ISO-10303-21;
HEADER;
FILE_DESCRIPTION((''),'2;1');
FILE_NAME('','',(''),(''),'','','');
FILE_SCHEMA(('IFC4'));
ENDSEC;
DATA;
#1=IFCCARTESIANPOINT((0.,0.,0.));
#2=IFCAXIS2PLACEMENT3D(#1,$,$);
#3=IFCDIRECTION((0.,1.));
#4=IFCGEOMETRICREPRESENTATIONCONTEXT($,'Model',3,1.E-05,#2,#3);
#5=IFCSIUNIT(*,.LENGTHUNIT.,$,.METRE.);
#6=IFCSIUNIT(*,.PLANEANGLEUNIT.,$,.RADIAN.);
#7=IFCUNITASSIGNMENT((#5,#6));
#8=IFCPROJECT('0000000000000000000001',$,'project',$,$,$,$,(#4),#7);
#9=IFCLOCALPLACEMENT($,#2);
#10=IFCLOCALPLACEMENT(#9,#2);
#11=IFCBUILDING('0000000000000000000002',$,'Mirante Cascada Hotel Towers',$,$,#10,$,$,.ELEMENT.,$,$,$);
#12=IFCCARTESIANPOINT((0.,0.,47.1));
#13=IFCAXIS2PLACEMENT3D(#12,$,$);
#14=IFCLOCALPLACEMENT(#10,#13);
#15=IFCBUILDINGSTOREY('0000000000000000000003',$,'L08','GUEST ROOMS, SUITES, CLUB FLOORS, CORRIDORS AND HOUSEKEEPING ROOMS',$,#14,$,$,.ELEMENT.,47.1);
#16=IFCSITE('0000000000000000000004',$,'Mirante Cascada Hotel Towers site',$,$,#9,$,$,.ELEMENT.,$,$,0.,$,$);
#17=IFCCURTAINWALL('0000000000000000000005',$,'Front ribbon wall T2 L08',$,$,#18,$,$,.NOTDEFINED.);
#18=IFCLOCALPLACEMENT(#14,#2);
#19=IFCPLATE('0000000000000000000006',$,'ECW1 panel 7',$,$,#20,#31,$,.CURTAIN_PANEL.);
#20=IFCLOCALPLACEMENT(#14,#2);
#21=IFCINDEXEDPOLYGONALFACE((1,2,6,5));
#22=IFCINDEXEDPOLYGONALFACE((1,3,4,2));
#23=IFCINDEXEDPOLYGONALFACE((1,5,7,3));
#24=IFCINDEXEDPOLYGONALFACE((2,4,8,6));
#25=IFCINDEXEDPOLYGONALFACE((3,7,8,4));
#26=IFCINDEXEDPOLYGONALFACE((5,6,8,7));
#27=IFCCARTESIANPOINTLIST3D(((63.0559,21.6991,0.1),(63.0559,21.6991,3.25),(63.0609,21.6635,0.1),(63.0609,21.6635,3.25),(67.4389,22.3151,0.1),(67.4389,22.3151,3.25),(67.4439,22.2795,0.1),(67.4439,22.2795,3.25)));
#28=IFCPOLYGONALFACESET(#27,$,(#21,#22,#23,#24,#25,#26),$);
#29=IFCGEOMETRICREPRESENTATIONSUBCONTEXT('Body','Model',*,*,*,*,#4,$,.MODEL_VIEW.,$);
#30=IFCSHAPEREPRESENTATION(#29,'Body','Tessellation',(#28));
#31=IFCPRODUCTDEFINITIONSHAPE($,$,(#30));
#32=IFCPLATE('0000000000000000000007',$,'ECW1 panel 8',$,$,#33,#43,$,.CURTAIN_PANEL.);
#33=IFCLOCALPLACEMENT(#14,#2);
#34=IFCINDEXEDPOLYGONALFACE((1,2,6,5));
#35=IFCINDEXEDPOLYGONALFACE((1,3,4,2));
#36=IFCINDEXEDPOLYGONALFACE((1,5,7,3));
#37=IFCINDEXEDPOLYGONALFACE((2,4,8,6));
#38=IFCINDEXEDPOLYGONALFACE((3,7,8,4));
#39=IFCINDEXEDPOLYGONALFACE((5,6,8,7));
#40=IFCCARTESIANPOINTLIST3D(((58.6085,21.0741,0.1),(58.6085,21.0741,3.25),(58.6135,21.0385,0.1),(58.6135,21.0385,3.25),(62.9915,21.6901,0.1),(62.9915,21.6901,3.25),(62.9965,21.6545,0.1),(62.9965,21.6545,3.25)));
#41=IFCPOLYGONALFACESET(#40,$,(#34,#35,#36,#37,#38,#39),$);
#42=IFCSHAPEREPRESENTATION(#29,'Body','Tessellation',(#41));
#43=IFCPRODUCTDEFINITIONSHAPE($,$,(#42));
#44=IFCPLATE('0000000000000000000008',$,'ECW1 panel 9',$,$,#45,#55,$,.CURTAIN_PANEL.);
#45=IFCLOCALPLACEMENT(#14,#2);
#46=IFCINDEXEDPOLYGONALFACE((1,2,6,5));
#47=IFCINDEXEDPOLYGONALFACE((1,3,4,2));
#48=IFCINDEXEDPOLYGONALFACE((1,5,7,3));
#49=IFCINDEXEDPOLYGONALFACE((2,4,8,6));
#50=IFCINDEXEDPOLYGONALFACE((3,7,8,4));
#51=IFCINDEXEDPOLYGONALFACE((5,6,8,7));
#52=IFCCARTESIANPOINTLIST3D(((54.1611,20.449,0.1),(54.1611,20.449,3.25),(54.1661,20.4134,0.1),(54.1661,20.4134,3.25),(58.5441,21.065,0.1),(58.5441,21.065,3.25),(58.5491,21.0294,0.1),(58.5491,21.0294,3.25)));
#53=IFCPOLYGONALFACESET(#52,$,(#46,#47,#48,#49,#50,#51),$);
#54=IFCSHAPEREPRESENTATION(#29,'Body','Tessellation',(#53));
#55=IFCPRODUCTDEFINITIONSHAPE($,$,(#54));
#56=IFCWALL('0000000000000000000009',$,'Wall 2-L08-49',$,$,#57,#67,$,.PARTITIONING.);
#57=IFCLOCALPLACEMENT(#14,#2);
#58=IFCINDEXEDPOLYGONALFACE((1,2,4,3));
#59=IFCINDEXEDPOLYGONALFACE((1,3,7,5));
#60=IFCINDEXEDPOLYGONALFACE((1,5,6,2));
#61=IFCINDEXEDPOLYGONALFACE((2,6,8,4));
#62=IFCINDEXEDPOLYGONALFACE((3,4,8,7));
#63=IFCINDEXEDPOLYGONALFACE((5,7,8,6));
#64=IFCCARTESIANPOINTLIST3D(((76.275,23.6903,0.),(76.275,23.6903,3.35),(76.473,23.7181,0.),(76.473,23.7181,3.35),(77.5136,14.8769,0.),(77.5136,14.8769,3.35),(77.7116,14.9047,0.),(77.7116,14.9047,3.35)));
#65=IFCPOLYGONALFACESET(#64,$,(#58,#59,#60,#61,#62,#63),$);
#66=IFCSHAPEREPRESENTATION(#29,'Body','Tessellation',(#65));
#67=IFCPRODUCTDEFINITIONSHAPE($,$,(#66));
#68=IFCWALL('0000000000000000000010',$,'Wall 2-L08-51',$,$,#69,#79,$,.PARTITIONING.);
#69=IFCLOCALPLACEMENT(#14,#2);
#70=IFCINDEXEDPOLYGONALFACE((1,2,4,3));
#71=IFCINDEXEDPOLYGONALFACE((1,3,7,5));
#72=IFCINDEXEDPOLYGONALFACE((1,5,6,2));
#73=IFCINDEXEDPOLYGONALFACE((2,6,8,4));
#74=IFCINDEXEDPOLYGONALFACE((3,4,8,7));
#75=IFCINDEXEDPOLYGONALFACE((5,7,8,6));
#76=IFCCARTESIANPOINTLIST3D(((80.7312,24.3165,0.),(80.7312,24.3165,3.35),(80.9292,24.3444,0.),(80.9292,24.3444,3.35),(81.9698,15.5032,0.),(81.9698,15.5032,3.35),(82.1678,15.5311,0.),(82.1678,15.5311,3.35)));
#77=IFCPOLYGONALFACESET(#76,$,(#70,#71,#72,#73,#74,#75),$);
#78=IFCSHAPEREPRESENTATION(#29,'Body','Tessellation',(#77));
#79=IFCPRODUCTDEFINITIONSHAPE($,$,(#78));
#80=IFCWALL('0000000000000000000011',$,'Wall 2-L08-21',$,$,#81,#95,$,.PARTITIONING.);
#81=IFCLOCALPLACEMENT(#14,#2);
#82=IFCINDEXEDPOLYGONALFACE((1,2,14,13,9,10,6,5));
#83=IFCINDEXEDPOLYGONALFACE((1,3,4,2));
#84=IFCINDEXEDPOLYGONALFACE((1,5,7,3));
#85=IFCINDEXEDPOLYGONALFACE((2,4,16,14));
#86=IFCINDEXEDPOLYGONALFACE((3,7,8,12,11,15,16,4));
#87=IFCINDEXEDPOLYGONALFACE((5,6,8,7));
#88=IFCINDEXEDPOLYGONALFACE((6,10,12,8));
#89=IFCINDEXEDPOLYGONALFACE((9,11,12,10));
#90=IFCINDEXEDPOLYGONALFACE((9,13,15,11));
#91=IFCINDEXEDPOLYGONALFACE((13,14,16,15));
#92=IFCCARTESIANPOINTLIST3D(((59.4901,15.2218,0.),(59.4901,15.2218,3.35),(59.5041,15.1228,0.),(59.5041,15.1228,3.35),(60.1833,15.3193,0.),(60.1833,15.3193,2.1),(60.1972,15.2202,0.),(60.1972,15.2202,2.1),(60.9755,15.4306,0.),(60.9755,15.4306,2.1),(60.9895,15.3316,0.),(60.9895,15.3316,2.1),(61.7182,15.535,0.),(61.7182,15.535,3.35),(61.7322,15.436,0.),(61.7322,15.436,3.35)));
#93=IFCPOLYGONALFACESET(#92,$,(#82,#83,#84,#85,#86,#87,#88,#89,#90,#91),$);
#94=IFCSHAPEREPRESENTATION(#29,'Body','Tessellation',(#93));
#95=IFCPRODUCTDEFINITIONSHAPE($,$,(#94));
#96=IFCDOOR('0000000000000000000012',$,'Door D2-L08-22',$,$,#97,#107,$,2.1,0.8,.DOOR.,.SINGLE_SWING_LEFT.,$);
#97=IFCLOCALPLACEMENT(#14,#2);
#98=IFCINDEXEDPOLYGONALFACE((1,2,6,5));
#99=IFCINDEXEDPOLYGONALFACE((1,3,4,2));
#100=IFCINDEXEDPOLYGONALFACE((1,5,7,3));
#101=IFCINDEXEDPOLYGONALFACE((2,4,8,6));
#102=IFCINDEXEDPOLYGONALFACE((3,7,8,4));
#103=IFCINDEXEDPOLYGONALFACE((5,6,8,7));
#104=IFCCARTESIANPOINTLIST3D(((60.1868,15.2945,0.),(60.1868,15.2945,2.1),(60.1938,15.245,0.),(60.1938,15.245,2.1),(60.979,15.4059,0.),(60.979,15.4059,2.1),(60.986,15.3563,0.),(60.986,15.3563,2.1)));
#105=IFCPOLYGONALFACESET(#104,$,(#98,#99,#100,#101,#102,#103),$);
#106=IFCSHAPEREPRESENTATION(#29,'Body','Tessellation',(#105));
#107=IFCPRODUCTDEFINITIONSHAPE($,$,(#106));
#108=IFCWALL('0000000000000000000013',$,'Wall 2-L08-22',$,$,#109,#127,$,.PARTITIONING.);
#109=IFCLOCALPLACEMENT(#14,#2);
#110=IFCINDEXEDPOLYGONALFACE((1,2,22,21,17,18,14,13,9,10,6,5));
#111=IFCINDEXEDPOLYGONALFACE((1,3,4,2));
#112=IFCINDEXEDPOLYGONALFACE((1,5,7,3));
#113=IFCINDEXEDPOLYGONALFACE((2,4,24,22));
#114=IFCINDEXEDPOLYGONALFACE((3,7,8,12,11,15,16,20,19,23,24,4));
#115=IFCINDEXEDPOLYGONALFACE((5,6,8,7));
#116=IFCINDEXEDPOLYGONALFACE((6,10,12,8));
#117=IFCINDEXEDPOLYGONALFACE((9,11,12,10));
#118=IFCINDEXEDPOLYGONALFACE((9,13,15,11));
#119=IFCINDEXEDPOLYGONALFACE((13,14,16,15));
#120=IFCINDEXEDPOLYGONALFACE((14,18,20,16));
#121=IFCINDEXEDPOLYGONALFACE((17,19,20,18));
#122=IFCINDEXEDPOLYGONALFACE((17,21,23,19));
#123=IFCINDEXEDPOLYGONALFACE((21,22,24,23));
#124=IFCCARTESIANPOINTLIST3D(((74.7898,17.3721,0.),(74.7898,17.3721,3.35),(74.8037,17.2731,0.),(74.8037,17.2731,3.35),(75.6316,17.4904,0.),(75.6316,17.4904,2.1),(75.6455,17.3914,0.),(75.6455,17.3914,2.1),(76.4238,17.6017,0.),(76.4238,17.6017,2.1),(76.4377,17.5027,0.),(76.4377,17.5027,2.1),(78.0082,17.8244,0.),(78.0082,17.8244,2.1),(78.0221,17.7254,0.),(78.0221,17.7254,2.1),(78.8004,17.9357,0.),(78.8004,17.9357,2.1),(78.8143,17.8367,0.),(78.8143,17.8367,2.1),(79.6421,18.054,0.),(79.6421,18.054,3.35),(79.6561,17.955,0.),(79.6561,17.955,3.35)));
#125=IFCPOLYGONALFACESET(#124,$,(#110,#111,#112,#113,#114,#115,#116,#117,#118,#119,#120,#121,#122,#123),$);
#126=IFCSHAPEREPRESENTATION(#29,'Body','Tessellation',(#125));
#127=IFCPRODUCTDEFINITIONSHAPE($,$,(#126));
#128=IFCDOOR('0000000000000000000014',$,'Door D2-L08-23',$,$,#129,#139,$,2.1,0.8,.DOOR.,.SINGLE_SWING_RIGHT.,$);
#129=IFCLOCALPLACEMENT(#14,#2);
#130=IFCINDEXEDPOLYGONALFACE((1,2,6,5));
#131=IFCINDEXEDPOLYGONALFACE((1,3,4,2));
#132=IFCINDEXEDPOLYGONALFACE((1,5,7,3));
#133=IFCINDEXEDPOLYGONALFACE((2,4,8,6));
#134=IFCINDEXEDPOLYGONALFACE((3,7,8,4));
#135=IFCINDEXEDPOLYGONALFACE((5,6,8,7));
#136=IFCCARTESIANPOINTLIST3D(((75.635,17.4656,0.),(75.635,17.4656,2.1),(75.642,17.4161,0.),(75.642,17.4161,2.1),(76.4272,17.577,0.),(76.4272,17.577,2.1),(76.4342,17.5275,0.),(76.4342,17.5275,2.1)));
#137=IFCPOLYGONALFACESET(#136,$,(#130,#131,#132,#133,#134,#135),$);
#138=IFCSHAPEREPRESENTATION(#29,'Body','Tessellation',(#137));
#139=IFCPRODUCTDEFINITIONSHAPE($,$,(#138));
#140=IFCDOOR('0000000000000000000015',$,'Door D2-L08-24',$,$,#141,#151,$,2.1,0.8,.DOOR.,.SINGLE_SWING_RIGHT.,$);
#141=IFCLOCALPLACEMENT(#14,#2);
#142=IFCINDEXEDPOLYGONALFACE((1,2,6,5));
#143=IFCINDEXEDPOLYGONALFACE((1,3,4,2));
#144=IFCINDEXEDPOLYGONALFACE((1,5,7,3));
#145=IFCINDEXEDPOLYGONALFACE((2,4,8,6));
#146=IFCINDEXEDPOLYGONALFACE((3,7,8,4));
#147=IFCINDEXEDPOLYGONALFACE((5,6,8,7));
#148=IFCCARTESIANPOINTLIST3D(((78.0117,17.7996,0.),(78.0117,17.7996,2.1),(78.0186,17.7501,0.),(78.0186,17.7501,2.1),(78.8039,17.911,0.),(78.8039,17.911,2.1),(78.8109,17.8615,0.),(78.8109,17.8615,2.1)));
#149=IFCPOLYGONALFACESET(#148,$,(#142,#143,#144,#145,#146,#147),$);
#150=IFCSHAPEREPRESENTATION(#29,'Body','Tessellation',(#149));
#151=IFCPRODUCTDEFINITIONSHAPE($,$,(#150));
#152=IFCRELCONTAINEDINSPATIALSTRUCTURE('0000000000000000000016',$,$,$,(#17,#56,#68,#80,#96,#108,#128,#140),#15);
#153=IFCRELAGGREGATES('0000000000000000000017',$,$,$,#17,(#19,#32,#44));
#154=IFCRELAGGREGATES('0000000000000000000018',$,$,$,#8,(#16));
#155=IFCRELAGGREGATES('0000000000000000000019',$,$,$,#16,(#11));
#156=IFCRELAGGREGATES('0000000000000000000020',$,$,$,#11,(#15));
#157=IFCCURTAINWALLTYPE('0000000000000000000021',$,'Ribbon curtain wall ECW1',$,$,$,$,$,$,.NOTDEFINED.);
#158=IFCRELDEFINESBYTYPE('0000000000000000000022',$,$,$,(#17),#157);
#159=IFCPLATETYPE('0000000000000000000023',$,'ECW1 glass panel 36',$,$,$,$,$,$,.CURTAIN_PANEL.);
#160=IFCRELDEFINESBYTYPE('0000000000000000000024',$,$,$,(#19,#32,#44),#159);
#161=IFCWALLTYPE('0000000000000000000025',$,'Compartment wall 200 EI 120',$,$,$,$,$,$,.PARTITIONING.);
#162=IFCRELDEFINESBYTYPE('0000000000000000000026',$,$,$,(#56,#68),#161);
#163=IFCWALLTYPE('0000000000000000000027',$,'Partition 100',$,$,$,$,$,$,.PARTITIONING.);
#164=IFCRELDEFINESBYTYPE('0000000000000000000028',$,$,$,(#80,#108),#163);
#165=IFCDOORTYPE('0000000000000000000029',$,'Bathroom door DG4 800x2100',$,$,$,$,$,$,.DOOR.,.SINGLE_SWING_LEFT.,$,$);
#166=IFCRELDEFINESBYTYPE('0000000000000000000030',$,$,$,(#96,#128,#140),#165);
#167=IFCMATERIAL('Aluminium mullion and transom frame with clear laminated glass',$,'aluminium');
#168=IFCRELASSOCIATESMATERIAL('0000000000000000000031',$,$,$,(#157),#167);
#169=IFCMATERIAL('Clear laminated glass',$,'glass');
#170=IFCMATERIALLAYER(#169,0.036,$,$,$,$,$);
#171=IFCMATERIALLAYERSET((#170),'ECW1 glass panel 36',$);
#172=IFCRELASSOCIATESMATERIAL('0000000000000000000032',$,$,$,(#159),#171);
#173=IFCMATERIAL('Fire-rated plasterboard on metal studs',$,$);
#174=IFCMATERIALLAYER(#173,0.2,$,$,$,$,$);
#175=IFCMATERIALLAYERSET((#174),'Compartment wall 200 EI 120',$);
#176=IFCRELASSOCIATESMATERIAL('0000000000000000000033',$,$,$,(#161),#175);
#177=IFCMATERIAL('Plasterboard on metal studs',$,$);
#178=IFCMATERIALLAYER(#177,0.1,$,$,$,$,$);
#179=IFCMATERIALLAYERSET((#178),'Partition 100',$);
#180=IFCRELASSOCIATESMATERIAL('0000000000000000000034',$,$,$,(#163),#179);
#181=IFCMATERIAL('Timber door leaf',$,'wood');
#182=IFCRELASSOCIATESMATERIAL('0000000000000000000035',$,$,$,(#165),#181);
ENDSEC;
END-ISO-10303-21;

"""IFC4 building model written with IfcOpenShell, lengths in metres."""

from ifc_helpers import new_model, si_unit, direction, frame, frame_2d, origin, origin_2d, place, context, subcontext, project, spatial, rectangle, extrude, material, layer, layer_set, type_object, element, fill, aggregate, save


model = new_model("IFC4")

# Units and contexts
model_context = context("Model", 3, precision=1e-05, world=origin(), true_north=direction((0.0, 1.0)))
body_context = subcontext(model_context, "Body", "Model", "MODEL_VIEW")
ifc_project = project(units=[si_unit("LENGTHUNIT", "METRE"), si_unit("PLANEANGLEUNIT", "RADIAN")], contexts=[model_context])

# Site, building, storey
site_placement = place(None, origin())
site = spatial("IfcSite", under=ifc_project, at=site_placement, Name="Mirante Cascada Hotel Towers site", CompositionType="ELEMENT", RefElevation=0.0)
building_placement = place(site_placement, origin())
building = spatial("IfcBuilding", under=site, at=building_placement, Name="Mirante Cascada Hotel Towers", CompositionType="ELEMENT")
storey_placement = place(building_placement, frame((0.0, 0.0, 47.1)))
storey = spatial("IfcBuildingStorey", under=building, at=storey_placement, Name="L08", Description="GUEST ROOMS, SUITES, CLUB FLOORS, CORRIDORS AND HOUSEKEEPING ROOMS", CompositionType="ELEMENT", Elevation=47.1)

# Curtain wall, plates
ifc_material_1 = material(Name="Aluminium mullion and transom frame with clear laminated glass", Category="aluminium")
curtain_wall_type = type_object("IfcCurtainWallType", Name="Ribbon curtain wall ECW1", PredefinedType="NOTDEFINED", material=ifc_material_1)
curtain_wall_placement = place(storey_placement, origin())
curtain_wall = element("IfcCurtainWall", 1, at=curtain_wall_placement, inside=storey, type_object=curtain_wall_type, Name="Front ribbon wall T2 L08", PredefinedType="NOTDEFINED")
ifc_material_2 = material(Name="Clear laminated glass", Category="glass")
ifc_layer_1 = layer(ifc_material_2, 0.036)
ifc_layer_set_1 = layer_set([ifc_layer_1], Name="ECW1 glass panel 36")
plate_type = type_object("IfcPlateType", Name="ECW1 glass panel 36", PredefinedType="CURTAIN_PANEL", material=ifc_layer_set_1)
plate_1_placement = place(storey_placement, frame((65.2499, 21.9893, 0.1), z_axis=(0.0, 0.0, 1.0), x_axis=(-0.990268, -0.139173, 0.0)))
plate_1 = element("IfcPlate", 2, at=plate_1_placement, type_object=plate_type, Name="ECW1 panel 7", PredefinedType="CURTAIN_PANEL", context=body_context, shape_type="SweptSolid", body=[
    extrude(rectangle(XDim=4.4261, YDim=0.036, at=origin_2d()), origin(), (0.0, 0.0, 1.0), 3.15),
])
plate_2_placement = place(storey_placement, frame((60.8025, 21.3643, 0.1), z_axis=(0.0, 0.0, 1.0), x_axis=(-0.990268, -0.139173, 0.0)))
plate_2 = element("IfcPlate", 3, at=plate_2_placement, type_object=plate_type, Name="ECW1 panel 8", PredefinedType="CURTAIN_PANEL", context=body_context, shape_type="SweptSolid", body=[
    extrude(rectangle(XDim=4.4261, YDim=0.036, at=origin_2d()), origin(), (0.0, 0.0, 1.0), 3.15),
])
plate_3_placement = place(storey_placement, frame((56.3551, 20.7392, 0.1), z_axis=(0.0, 0.0, 1.0), x_axis=(-0.990268, -0.139173, 0.0)))
plate_3 = element("IfcPlate", 4, at=plate_3_placement, type_object=plate_type, Name="ECW1 panel 9", PredefinedType="CURTAIN_PANEL", context=body_context, shape_type="SweptSolid", body=[
    extrude(rectangle(XDim=4.4261, YDim=0.036, at=origin_2d()), origin(), (0.0, 0.0, 1.0), 3.15),
])
aggregate(curtain_wall, [plate_1, plate_2, plate_3])

# Walls
ifc_material_3 = material(Name="Fire-rated plasterboard on metal studs")
ifc_layer_2 = layer(ifc_material_3, 0.2)
ifc_layer_set_2 = layer_set([ifc_layer_2], Name="Compartment wall 200 EI 120")
wall_type_1 = type_object("IfcWallType", Name="Compartment wall 200 EI 120", PredefinedType="PARTITIONING", material=ifc_layer_set_2)
wall_1_placement = place(storey_placement, frame((77.6126, 14.8908, 0.0), z_axis=(0.0, 0.0, 1.0), x_axis=(-0.139168, 0.990269, 0.0)))
element("IfcWall", 5, at=wall_1_placement, inside=storey, type_object=wall_type_1, Name="Wall 2-L08-49", PredefinedType="PARTITIONING", context=body_context, shape_type="SweptSolid", body=[
    extrude(rectangle(XDim=8.9, YDim=0.2, at=frame_2d((4.45, 0.0))), origin(), (0.0, 0.0, 1.0), 3.35),
])
wall_2_placement = place(storey_placement, frame((82.0688, 15.5171, 0.0), z_axis=(0.0, 0.0, 1.0), x_axis=(-0.13917, 0.990268, 0.0)))
element("IfcWall", 6, at=wall_2_placement, inside=storey, type_object=wall_type_1, Name="Wall 2-L08-51", PredefinedType="PARTITIONING", context=body_context, shape_type="SweptSolid", body=[
    extrude(rectangle(XDim=8.8999, YDim=0.2, at=frame_2d((4.45, 0.0))), origin(), (0.0, 0.0, 1.0), 3.35),
])

# Wall, opening, door
ifc_material_4 = material(Name="Plasterboard on metal studs")
ifc_layer_3 = layer(ifc_material_4, 0.1)
ifc_layer_set_3 = layer_set([ifc_layer_3], Name="Partition 100")
wall_type_2 = type_object("IfcWallType", Name="Partition 100", PredefinedType="PARTITIONING", material=ifc_layer_set_3)
wall_3_placement = place(storey_placement, frame((59.4971, 15.1723, 0.0), z_axis=(0.0, 0.0, 1.0), x_axis=(0.990264, 0.1392, 0.0)))
wall_3 = element("IfcWall", 7, at=wall_3_placement, inside=storey, type_object=wall_type_2, Name="Wall 2-L08-21", PredefinedType="PARTITIONING", context=body_context, shape_type="SweptSolid", body=[
    extrude(rectangle(XDim=2.25, YDim=0.1, at=frame_2d((1.125, 0.0))), origin(), (0.0, 0.0, 1.0), 3.35),
])
opening_1_placement = place(wall_3_placement, frame((0.7, 0.0, 0.0)))
opening_1 = element("IfcOpeningElement", 8, at=opening_1_placement, cuts=wall_3, PredefinedType="OPENING", context=body_context, shape_type="SweptSolid", body=[
    extrude(rectangle(XDim=0.8, YDim=2.1, at=frame_2d((0.4, 1.05))), frame((0.0, 0.05, 0.0), z_axis=(0.0, -1.0, 0.0), x_axis=(1.0, 0.0, 0.0)), (0.0, 0.0, 1.0), 0.1),
])
ifc_material_5 = material(Name="Timber door leaf", Category="wood")
door_type_1 = type_object("IfcDoorType", Name="Bathroom door DG4 800x2100", OperationType="SINGLE_SWING_LEFT", PredefinedType="DOOR", material=ifc_material_5)
door_1_placement = place(opening_1_placement, origin())
door_1 = element("IfcDoor", 9, at=door_1_placement, inside=storey, type_object=door_type_1, Name="Door D2-L08-22", OperationType="SINGLE_SWING_LEFT", OverallHeight=2.1, OverallWidth=0.8, PredefinedType="DOOR", context=body_context, shape_type="SweptSolid", body=[
    extrude(rectangle(XDim=0.8, YDim=2.1, at=frame_2d((0.4, 1.05))), frame((0.0, 0.025, 0.0), z_axis=(0.0, -1.0, 0.0), x_axis=(1.0, 0.0, 0.0)), (0.0, 0.0, 1.0), 0.05),
])
fill(opening_1, door_1)

# Wall, openings, doors
wall_4_placement = place(storey_placement, frame((79.6491, 18.0045, 0.0), z_axis=(0.0, 0.0, 1.0), x_axis=(-0.990269, -0.139164, 0.0)))
wall_4 = element("IfcWall", 10, at=wall_4_placement, inside=storey, type_object=wall_type_2, Name="Wall 2-L08-22", PredefinedType="PARTITIONING", context=body_context, shape_type="SweptSolid", body=[
    extrude(rectangle(XDim=4.9, YDim=0.1, at=frame_2d((2.45, 0.0))), origin(), (0.0, 0.0, 1.0), 3.35),
])
opening_2_placement = place(wall_4_placement, frame((3.25, 0.0, 0.0)))
opening_2 = element("IfcOpeningElement", 11, at=opening_2_placement, cuts=wall_4, PredefinedType="OPENING", context=body_context, shape_type="SweptSolid", body=[
    extrude(rectangle(XDim=0.8, YDim=2.1, at=frame_2d((0.4, 1.05))), frame((0.0, 0.05, 0.0), z_axis=(0.0, -1.0, 0.0), x_axis=(1.0, 0.0, 0.0)), (0.0, 0.0, 1.0), 0.1),
])
opening_3_placement = place(wall_4_placement, frame((0.85, 0.0, 0.0)))
opening_3 = element("IfcOpeningElement", 12, at=opening_3_placement, cuts=wall_4, PredefinedType="OPENING", context=body_context, shape_type="SweptSolid", body=[
    extrude(rectangle(XDim=0.8, YDim=2.1, at=frame_2d((0.4, 1.05))), frame((0.0, 0.05, 0.0), z_axis=(0.0, -1.0, 0.0), x_axis=(1.0, 0.0, 0.0)), (0.0, 0.0, 1.0), 0.1),
])
door_2_placement = place(opening_2_placement, frame((0.8, 0.0, 0.0), z_axis=(0.0, 0.0, 1.0), x_axis=(-1.0, 0.0, 0.0)))
door_2 = element("IfcDoor", 13, at=door_2_placement, inside=storey, type_object=door_type_1, Name="Door D2-L08-23", OperationType="SINGLE_SWING_RIGHT", OverallHeight=2.1, OverallWidth=0.8, PredefinedType="DOOR", context=body_context, shape_type="SweptSolid", body=[
    extrude(rectangle(XDim=0.8, YDim=2.1, at=frame_2d((0.4, 1.05))), frame((0.0, 0.025, 0.0), z_axis=(0.0, -1.0, 0.0), x_axis=(1.0, 0.0, 0.0)), (0.0, 0.0, 1.0), 0.05),
])
fill(opening_2, door_2)
door_3_placement = place(opening_3_placement, frame((0.8, 0.0, 0.0), z_axis=(0.0, 0.0, 1.0), x_axis=(-1.0, 0.0, 0.0)))
door_3 = element("IfcDoor", 14, at=door_3_placement, inside=storey, type_object=door_type_1, Name="Door D2-L08-24", OperationType="SINGLE_SWING_RIGHT", OverallHeight=2.1, OverallWidth=0.8, PredefinedType="DOOR", context=body_context, shape_type="SweptSolid", body=[
    extrude(rectangle(XDim=0.8, YDim=2.1, at=frame_2d((0.4, 1.05))), frame((0.0, 0.025, 0.0), z_axis=(0.0, -1.0, 0.0), x_axis=(1.0, 0.0, 0.0)), (0.0, 0.0, 1.0), 0.05),
])
fill(opening_3, door_3)

save(model, "model.ifc")
